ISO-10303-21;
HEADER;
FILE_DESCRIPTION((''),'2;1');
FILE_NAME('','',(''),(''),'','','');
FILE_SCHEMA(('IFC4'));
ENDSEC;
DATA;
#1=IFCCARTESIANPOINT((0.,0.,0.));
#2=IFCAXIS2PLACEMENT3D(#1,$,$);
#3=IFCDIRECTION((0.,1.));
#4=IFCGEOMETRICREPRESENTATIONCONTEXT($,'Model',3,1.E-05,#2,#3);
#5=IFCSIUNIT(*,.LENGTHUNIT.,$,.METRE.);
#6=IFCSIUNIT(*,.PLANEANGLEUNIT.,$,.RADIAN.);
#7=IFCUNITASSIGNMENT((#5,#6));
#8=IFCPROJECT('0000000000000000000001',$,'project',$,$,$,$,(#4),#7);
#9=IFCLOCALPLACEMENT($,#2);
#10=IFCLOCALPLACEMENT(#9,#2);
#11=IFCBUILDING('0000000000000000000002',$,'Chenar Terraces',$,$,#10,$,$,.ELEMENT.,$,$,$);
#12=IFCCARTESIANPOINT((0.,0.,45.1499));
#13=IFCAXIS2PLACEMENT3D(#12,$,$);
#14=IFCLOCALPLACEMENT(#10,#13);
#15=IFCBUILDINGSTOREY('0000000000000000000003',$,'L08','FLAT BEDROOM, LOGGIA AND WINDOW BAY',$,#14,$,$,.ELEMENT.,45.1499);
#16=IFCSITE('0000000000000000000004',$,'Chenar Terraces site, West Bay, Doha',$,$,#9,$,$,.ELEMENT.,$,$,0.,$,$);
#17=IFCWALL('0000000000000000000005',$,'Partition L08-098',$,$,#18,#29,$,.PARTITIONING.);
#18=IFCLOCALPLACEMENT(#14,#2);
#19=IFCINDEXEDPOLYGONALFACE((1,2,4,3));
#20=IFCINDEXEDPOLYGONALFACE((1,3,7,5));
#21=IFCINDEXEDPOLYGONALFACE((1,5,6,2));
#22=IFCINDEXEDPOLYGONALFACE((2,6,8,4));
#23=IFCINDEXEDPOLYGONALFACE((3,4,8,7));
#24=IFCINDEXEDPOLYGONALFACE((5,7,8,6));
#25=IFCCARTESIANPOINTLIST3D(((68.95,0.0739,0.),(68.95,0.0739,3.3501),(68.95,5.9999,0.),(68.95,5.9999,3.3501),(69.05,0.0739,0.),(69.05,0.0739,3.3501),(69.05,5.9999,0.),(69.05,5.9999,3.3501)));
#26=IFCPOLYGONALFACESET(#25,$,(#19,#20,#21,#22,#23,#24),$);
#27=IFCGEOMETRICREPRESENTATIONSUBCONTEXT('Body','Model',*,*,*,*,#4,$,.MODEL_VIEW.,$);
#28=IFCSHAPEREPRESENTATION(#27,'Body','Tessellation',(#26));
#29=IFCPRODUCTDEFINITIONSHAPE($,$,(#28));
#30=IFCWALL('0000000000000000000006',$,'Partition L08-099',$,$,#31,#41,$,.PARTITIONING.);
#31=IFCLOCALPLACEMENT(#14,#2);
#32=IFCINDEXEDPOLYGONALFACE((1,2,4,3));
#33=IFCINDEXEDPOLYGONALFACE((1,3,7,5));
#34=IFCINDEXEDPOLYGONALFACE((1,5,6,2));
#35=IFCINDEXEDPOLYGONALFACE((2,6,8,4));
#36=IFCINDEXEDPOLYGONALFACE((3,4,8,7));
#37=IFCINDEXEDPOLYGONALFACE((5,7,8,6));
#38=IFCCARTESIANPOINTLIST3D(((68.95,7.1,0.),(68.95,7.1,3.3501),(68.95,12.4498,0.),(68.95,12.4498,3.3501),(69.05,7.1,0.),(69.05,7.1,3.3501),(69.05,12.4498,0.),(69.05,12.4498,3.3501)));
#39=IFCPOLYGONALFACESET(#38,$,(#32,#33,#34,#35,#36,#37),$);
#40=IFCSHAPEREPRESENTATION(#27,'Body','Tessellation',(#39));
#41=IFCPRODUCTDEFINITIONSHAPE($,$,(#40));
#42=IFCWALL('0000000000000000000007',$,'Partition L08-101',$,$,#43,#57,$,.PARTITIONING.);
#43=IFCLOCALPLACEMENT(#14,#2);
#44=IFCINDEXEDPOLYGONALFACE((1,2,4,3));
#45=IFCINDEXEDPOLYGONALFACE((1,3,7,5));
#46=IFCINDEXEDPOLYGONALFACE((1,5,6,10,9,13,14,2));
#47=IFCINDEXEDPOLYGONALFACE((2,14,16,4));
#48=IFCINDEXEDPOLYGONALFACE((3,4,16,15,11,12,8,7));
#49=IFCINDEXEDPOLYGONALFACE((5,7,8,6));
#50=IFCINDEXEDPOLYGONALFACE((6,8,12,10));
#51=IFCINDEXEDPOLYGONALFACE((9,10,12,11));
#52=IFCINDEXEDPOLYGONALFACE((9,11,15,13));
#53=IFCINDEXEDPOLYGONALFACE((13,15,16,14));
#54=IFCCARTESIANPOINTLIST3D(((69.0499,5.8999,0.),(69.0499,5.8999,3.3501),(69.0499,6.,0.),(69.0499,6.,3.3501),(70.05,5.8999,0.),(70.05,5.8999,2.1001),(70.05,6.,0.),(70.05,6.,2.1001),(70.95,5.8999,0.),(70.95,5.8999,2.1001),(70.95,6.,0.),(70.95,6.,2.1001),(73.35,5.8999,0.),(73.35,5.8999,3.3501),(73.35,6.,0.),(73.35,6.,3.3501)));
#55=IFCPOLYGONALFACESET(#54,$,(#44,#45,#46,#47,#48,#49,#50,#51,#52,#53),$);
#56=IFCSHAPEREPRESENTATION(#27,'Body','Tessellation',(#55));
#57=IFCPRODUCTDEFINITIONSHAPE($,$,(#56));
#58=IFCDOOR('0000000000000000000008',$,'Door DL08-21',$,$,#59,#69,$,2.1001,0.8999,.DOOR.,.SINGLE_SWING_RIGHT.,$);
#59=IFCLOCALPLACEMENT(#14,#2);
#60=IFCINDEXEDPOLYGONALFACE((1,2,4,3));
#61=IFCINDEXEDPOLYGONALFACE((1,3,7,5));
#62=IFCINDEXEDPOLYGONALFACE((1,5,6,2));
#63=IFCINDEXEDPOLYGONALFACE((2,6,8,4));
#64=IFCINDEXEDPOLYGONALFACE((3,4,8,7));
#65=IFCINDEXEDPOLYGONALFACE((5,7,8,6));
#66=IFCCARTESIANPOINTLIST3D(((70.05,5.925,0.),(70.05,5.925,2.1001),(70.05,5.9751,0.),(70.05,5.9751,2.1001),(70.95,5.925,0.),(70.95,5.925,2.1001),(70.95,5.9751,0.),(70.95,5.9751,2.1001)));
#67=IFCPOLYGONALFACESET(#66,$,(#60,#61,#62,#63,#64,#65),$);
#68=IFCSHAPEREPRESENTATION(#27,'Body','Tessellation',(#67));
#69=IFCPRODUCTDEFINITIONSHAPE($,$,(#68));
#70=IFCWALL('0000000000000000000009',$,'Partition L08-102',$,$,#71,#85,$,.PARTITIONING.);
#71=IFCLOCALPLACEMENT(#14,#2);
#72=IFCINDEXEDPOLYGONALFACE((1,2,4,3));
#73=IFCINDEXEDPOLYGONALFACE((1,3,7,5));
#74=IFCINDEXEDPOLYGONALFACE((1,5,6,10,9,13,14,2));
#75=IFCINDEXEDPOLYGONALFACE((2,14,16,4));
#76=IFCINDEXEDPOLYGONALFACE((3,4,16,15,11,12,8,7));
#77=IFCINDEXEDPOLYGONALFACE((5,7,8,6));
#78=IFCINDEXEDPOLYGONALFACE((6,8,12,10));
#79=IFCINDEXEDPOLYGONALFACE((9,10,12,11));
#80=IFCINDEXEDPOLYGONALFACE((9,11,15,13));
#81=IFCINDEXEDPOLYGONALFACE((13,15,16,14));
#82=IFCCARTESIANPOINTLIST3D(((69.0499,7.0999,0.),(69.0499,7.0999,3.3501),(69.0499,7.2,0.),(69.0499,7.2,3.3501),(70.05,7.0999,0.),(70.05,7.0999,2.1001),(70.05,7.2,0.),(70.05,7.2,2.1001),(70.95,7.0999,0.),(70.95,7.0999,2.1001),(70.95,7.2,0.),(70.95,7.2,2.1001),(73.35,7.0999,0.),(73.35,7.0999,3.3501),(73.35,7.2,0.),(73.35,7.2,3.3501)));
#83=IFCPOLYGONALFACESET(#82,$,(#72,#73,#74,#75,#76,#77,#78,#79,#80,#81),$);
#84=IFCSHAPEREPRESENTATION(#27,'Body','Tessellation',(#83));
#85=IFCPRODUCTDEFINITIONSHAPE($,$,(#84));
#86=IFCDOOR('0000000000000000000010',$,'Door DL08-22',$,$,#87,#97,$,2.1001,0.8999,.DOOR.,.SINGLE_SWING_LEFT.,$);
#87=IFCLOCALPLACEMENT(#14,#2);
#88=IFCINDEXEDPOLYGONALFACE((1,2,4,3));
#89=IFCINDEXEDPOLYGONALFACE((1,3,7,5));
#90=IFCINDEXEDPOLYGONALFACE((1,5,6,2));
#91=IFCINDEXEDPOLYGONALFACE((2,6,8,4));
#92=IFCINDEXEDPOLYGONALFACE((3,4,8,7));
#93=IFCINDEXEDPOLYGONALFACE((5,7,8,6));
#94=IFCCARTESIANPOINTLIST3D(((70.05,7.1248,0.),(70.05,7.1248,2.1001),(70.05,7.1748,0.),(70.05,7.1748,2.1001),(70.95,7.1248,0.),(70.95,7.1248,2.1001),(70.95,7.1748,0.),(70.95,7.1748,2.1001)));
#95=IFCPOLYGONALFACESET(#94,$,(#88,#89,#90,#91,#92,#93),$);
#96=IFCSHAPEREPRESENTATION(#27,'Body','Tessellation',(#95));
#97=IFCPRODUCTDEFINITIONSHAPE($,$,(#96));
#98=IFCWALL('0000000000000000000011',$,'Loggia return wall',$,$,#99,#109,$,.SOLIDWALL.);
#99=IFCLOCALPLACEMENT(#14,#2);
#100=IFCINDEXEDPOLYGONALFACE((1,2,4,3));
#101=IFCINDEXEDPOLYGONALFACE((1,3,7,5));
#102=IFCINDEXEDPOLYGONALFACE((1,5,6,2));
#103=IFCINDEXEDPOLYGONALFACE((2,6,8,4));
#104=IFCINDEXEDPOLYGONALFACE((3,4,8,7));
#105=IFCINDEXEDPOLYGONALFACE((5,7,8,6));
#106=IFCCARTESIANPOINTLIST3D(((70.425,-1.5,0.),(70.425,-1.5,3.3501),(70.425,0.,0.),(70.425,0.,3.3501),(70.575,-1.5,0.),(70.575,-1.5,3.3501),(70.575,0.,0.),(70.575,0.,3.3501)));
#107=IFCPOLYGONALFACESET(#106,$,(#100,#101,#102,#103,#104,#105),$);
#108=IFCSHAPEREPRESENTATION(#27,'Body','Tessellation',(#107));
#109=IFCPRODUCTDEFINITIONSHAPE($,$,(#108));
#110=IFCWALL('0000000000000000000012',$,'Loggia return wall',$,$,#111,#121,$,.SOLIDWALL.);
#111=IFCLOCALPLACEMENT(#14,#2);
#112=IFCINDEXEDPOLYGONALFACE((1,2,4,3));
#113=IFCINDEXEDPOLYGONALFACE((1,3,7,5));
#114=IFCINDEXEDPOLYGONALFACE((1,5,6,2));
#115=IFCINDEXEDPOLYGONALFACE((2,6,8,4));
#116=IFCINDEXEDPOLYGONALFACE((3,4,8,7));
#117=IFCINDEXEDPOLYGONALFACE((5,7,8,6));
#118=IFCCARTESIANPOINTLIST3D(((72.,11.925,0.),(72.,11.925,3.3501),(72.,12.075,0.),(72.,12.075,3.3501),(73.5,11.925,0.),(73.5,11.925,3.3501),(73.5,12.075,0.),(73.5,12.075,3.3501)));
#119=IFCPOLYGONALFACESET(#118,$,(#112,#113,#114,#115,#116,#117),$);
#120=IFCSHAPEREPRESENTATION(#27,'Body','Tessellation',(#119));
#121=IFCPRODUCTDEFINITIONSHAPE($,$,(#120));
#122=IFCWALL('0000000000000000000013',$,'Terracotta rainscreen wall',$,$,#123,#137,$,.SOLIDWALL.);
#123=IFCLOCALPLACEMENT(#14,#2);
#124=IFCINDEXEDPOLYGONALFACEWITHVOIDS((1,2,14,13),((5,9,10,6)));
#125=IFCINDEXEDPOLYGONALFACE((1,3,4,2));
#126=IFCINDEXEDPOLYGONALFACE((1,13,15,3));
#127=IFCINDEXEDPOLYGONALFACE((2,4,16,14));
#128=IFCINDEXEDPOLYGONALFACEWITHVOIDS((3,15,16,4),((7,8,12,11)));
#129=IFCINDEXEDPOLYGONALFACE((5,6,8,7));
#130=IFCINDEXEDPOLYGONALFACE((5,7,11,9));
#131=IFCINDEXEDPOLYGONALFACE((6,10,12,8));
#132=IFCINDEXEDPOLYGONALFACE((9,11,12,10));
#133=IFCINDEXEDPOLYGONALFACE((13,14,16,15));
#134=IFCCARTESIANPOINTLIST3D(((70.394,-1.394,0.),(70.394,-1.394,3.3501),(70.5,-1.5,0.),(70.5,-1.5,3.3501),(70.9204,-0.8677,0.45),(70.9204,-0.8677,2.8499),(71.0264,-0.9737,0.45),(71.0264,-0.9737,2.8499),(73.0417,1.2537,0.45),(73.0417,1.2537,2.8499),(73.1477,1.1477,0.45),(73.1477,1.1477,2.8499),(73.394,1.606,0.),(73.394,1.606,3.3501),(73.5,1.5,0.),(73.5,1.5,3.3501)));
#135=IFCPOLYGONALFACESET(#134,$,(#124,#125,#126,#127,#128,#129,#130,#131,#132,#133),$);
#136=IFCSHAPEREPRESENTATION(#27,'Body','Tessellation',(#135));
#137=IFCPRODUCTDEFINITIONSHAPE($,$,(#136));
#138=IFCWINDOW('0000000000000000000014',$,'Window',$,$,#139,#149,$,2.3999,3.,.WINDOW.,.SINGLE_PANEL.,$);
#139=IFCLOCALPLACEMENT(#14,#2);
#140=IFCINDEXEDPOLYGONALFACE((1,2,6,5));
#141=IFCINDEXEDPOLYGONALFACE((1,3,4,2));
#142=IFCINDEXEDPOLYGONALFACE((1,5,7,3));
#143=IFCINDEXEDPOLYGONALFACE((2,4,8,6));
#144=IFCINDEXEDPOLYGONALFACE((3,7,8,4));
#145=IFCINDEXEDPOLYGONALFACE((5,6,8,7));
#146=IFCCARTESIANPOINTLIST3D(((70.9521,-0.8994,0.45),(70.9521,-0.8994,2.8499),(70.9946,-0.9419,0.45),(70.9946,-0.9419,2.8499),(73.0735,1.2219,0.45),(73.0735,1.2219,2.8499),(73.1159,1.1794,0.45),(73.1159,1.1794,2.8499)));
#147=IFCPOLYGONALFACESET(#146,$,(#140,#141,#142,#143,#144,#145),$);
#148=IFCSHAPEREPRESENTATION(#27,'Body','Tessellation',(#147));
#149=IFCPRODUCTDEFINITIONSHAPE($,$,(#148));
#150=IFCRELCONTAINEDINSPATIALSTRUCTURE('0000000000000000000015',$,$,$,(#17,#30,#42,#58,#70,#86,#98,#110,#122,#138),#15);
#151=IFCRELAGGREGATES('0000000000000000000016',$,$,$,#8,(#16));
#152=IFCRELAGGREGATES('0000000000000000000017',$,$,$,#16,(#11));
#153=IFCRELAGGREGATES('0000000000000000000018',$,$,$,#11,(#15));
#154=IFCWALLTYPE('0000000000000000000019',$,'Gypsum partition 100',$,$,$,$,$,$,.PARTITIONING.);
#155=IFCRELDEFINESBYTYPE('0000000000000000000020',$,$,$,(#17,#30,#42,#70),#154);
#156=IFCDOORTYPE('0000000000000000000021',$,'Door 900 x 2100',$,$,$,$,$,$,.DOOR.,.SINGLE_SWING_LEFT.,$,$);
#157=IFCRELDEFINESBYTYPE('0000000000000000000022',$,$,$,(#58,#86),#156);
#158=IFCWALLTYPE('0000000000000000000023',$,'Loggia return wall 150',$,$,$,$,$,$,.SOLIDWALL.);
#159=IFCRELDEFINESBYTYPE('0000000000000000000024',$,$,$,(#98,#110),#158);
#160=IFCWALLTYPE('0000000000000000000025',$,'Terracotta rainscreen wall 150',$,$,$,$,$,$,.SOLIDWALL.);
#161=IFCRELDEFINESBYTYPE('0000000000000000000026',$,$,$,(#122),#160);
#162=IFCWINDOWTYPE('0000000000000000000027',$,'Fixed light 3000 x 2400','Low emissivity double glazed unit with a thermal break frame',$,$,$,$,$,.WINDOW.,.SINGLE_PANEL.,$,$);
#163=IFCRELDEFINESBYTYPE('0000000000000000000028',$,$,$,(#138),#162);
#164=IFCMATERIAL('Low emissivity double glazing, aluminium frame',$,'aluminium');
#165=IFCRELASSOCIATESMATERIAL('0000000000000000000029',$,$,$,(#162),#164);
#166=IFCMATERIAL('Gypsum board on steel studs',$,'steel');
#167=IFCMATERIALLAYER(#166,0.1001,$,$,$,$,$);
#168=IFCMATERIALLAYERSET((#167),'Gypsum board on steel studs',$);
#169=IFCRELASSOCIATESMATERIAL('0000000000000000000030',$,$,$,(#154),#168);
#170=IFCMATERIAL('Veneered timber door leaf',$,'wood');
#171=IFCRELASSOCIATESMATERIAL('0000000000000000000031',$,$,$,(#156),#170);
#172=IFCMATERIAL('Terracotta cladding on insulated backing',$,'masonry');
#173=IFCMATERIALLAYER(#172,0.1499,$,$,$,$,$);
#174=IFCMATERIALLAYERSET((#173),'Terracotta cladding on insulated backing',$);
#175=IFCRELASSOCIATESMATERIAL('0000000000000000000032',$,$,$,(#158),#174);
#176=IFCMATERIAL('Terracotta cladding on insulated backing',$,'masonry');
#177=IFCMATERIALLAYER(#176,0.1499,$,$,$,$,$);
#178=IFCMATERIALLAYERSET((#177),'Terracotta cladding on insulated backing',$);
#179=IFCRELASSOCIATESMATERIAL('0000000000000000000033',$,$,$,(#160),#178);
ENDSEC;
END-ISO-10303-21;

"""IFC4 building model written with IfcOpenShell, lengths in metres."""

from ifc_helpers import new_model, si_unit, direction, frame, frame_2d, origin, place, context, subcontext, project, spatial, rectangle, extrude, material, layer, layer_set, type_object, element, fill, save


model = new_model("IFC4")

# Units and contexts
model_context = context("Model", 3, precision=1e-05, world=origin(), true_north=direction((0.0, 1.0)))
body_context = subcontext(model_context, "Body", "Model", "MODEL_VIEW")
ifc_project = project(units=[si_unit("LENGTHUNIT", "METRE"), si_unit("PLANEANGLEUNIT", "RADIAN")], contexts=[model_context])

# Site, building, storey
site_placement = place(None, origin())
site = spatial("IfcSite", under=ifc_project, at=site_placement, Name="Chenar Terraces site, West Bay, Doha", CompositionType="ELEMENT", RefElevation=0.0)
building_placement = place(site_placement, origin())
building = spatial("IfcBuilding", under=site, at=building_placement, Name="Chenar Terraces", CompositionType="ELEMENT")
storey_placement = place(building_placement, frame((0.0, 0.0, 45.1499)))
storey = spatial("IfcBuildingStorey", under=building, at=storey_placement, Name="L08", Description="FLAT BEDROOM, LOGGIA AND WINDOW BAY", CompositionType="ELEMENT", Elevation=45.1499)

# Shared definitions
ifc_material_1 = material(Name="Low emissivity double glazing, aluminium frame", Category="aluminium")
window_type_1 = type_object("IfcWindowType", Name="Fixed light 3000 x 2400", Description="Low emissivity double glazed unit with a thermal break frame", PartitioningType="SINGLE_PANEL", PredefinedType="WINDOW", material=ifc_material_1)

# Shared definitions
ifc_material_2 = material(Name="Gypsum board on steel studs", Category="steel")
ifc_layer_1 = layer(ifc_material_2, 0.1001)
ifc_layer_set_1 = layer_set([ifc_layer_1], Name="Gypsum board on steel studs")
wall_type_1 = type_object("IfcWallType", Name="Gypsum partition 100", PredefinedType="PARTITIONING", material=ifc_layer_set_1)
ifc_material_3 = material(Name="Veneered timber door leaf", Category="wood")
door_type_1 = type_object("IfcDoorType", Name="Door 900 x 2100", OperationType="SINGLE_SWING_LEFT", PredefinedType="DOOR", material=ifc_material_3)

# Walls
for number, where, z_axis, x_axis, name in (
    (1, (69.0, 0.074, 0.0), (0.0, 0.0, 1.0), (0.0, 1.0, 0.0), "Partition L08-098"),
):
    element("IfcWall", number, at=place(storey_placement, frame(where, z_axis=z_axis, x_axis=x_axis)), inside=storey, type_object=wall_type_1, Name=name, PredefinedType="PARTITIONING", context=body_context, shape_type="SweptSolid", body=[
        extrude(rectangle(XDim=5.926, YDim=0.1001, at=frame_2d((2.9629, 0.0))), origin(), (0.0, 0.0, 1.0), 3.3501),
    ])
wall_1_placement = place(storey_placement, frame((69.0, 7.1001, 0.0), z_axis=(0.0, 0.0, 1.0), x_axis=(0.0, 1.0, 0.0)))
element("IfcWall", 2, at=wall_1_placement, inside=storey, type_object=wall_type_1, Name="Partition L08-099", PredefinedType="PARTITIONING", context=body_context, shape_type="SweptSolid", body=[
    extrude(rectangle(XDim=5.3499, YDim=0.1001, at=frame_2d((2.6748, 0.0))), origin(), (0.0, 0.0, 1.0), 3.3501),
])

# Walls, openings, doors
wall_2_placement = place(storey_placement, frame((69.05, 5.95, 0.0), z_axis=(0.0, 0.0, 1.0), x_axis=(1.0, 0.0, 0.0)))
wall_2 = element("IfcWall", 3, at=wall_2_placement, inside=storey, type_object=wall_type_1, Name="Partition L08-101", PredefinedType="PARTITIONING", context=body_context, shape_type="SweptSolid", body=[
    extrude(rectangle(XDim=4.3, YDim=0.1001, at=frame_2d((2.1499, 0.0))), origin(), (0.0, 0.0, 1.0), 3.3501),
])
opening_1_placement = place(wall_2_placement, frame((1.0, 0.0, 0.0)))
opening_1 = element("IfcOpeningElement", 4, at=opening_1_placement, cuts=wall_2, PredefinedType="OPENING", context=body_context, shape_type="SweptSolid", body=[
    extrude(rectangle(XDim=0.8999, YDim=2.1001, at=frame_2d((0.45, 1.05))), frame((0.0, 0.0601, 0.0), z_axis=(0.0, -1.0, 0.0), x_axis=(1.0, 0.0, 0.0)), (0.0, 0.0, 1.0), 0.1201),
])
door_1_placement = place(opening_1_placement, frame((0.8999, 0.0, 0.0), z_axis=(0.0, 0.0, 1.0), x_axis=(-1.0, 0.0, 0.0)))
door_1 = element("IfcDoor", 5, at=door_1_placement, inside=storey, type_object=door_type_1, Name="Door DL08-21", OperationType="SINGLE_SWING_RIGHT", OverallHeight=2.1001, OverallWidth=0.8999, PredefinedType="DOOR", context=body_context, shape_type="SweptSolid", body=[
    extrude(rectangle(XDim=0.8999, YDim=2.1001, at=frame_2d((0.45, 1.05))), frame((0.0, 0.0249, 0.0), z_axis=(0.0, -1.0, 0.0), x_axis=(1.0, 0.0, 0.0)), (0.0, 0.0, 1.0), 0.05),
])
fill(opening_1, door_1)
wall_3_placement = place(storey_placement, frame((69.05, 7.1499, 0.0), z_axis=(0.0, 0.0, 1.0), x_axis=(1.0, 0.0, 0.0)))
wall_3 = element("IfcWall", 6, at=wall_3_placement, inside=storey, type_object=wall_type_1, Name="Partition L08-102", PredefinedType="PARTITIONING", context=body_context, shape_type="SweptSolid", body=[
    extrude(rectangle(XDim=4.3, YDim=0.1001, at=frame_2d((2.1499, 0.0))), origin(), (0.0, 0.0, 1.0), 3.3501),
])
opening_2_placement = place(wall_3_placement, frame((1.0, 0.0, 0.0)))
opening_2 = element("IfcOpeningElement", 7, at=opening_2_placement, cuts=wall_3, PredefinedType="OPENING", context=body_context, shape_type="SweptSolid", body=[
    extrude(rectangle(XDim=0.8999, YDim=2.1001, at=frame_2d((0.45, 1.05))), frame((0.0, 0.0601, 0.0), z_axis=(0.0, -1.0, 0.0), x_axis=(1.0, 0.0, 0.0)), (0.0, 0.0, 1.0), 0.1201),
])
door_2_placement = place(opening_2_placement, origin())
door_2 = element("IfcDoor", 8, at=door_2_placement, inside=storey, type_object=door_type_1, Name="Door DL08-22", OperationType="SINGLE_SWING_LEFT", OverallHeight=2.1001, OverallWidth=0.8999, PredefinedType="DOOR", context=body_context, shape_type="SweptSolid", body=[
    extrude(rectangle(XDim=0.8999, YDim=2.1001, at=frame_2d((0.45, 1.05))), frame((0.0, 0.0249, 0.0), z_axis=(0.0, -1.0, 0.0), x_axis=(1.0, 0.0, 0.0)), (0.0, 0.0, 1.0), 0.05),
])
fill(opening_2, door_2)

# Walls
ifc_material_4 = material(Name="Terracotta cladding on insulated backing", Category="masonry")
ifc_layer_2 = layer(ifc_material_4, 0.1499)
ifc_layer_set_2 = layer_set([ifc_layer_2], Name="Terracotta cladding on insulated backing")
wall_type_2 = type_object("IfcWallType", Name="Loggia return wall 150", PredefinedType="SOLIDWALL", material=ifc_layer_set_2)
for number, where, z_axis, x_axis, name in (
    (9, (70.5, -1.5, 0.0), (0.0, 0.0, 1.0), (0.0, 1.0, 0.0), "Loggia return wall"),
    (10, (73.5, 12.0, 0.0), (0.0, 0.0, 1.0), (-1.0, 0.0, 0.0), "Loggia return wall"),
):
    element("IfcWall", number, at=place(storey_placement, frame(where, z_axis=z_axis, x_axis=x_axis)), inside=storey, type_object=wall_type_2, Name=name, PredefinedType="SOLIDWALL", context=body_context, shape_type="SweptSolid", body=[
        extrude(rectangle(XDim=1.5, YDim=0.1499, at=frame_2d((0.75, 0.0))), origin(), (0.0, 0.0, 1.0), 3.3501),
    ])

# Wall, opening, window
ifc_material_5 = material(Name="Terracotta cladding on insulated backing", Category="masonry")
ifc_layer_3 = layer(ifc_material_5, 0.1499)
ifc_layer_set_3 = layer_set([ifc_layer_3], Name="Terracotta cladding on insulated backing")
wall_type_3 = type_object("IfcWallType", Name="Terracotta rainscreen wall 150", PredefinedType="SOLIDWALL", material=ifc_layer_set_3)
wall_4_placement = place(storey_placement, frame((70.447, -1.447, 0.0), z_axis=(0.0, 0.0, 1.0), x_axis=(0.707107, 0.707107, 0.0)))
wall_4 = element("IfcWall", 11, at=wall_4_placement, inside=storey, type_object=wall_type_3, Name="Terracotta rainscreen wall", PredefinedType="SOLIDWALL", context=body_context, shape_type="SweptSolid", body=[
    extrude(rectangle(XDim=4.2427, YDim=0.1499, at=frame_2d((2.1213, 0.0))), origin(), (0.0, 0.0, 1.0), 3.3501),
])
opening_3_placement = place(wall_4_placement, frame((0.7444, 0.0, 0.45)))
opening_3 = element("IfcOpeningElement", 12, at=opening_3_placement, cuts=wall_4, PredefinedType="OPENING", context=body_context, shape_type="SweptSolid", body=[
    extrude(rectangle(XDim=3.0, YDim=2.3999, at=frame_2d((1.5, 1.2))), frame((0.0, 0.085, 0.0), z_axis=(0.0, -1.0, 0.0), x_axis=(1.0, 0.0, 0.0)), (0.0, 0.0, 1.0), 0.1699),
])
window_1_placement = place(opening_3_placement, origin())
window_1 = element("IfcWindow", 13, at=window_1_placement, inside=storey, type_object=window_type_1, Name="Window", OverallHeight=2.3999, OverallWidth=3.0, PartitioningType="SINGLE_PANEL", PredefinedType="WINDOW", context=body_context, shape_type="SweptSolid", body=[
    extrude(rectangle(XDim=3.0, YDim=2.3999, at=frame_2d((1.5, 1.2))), frame((0.0, 0.03, 0.0), z_axis=(0.0, -1.0, 0.0), x_axis=(1.0, 0.0, 0.0)), (0.0, 0.0, 1.0), 0.0601),
])
fill(opening_3, window_1)

save(model, "model.ifc")
